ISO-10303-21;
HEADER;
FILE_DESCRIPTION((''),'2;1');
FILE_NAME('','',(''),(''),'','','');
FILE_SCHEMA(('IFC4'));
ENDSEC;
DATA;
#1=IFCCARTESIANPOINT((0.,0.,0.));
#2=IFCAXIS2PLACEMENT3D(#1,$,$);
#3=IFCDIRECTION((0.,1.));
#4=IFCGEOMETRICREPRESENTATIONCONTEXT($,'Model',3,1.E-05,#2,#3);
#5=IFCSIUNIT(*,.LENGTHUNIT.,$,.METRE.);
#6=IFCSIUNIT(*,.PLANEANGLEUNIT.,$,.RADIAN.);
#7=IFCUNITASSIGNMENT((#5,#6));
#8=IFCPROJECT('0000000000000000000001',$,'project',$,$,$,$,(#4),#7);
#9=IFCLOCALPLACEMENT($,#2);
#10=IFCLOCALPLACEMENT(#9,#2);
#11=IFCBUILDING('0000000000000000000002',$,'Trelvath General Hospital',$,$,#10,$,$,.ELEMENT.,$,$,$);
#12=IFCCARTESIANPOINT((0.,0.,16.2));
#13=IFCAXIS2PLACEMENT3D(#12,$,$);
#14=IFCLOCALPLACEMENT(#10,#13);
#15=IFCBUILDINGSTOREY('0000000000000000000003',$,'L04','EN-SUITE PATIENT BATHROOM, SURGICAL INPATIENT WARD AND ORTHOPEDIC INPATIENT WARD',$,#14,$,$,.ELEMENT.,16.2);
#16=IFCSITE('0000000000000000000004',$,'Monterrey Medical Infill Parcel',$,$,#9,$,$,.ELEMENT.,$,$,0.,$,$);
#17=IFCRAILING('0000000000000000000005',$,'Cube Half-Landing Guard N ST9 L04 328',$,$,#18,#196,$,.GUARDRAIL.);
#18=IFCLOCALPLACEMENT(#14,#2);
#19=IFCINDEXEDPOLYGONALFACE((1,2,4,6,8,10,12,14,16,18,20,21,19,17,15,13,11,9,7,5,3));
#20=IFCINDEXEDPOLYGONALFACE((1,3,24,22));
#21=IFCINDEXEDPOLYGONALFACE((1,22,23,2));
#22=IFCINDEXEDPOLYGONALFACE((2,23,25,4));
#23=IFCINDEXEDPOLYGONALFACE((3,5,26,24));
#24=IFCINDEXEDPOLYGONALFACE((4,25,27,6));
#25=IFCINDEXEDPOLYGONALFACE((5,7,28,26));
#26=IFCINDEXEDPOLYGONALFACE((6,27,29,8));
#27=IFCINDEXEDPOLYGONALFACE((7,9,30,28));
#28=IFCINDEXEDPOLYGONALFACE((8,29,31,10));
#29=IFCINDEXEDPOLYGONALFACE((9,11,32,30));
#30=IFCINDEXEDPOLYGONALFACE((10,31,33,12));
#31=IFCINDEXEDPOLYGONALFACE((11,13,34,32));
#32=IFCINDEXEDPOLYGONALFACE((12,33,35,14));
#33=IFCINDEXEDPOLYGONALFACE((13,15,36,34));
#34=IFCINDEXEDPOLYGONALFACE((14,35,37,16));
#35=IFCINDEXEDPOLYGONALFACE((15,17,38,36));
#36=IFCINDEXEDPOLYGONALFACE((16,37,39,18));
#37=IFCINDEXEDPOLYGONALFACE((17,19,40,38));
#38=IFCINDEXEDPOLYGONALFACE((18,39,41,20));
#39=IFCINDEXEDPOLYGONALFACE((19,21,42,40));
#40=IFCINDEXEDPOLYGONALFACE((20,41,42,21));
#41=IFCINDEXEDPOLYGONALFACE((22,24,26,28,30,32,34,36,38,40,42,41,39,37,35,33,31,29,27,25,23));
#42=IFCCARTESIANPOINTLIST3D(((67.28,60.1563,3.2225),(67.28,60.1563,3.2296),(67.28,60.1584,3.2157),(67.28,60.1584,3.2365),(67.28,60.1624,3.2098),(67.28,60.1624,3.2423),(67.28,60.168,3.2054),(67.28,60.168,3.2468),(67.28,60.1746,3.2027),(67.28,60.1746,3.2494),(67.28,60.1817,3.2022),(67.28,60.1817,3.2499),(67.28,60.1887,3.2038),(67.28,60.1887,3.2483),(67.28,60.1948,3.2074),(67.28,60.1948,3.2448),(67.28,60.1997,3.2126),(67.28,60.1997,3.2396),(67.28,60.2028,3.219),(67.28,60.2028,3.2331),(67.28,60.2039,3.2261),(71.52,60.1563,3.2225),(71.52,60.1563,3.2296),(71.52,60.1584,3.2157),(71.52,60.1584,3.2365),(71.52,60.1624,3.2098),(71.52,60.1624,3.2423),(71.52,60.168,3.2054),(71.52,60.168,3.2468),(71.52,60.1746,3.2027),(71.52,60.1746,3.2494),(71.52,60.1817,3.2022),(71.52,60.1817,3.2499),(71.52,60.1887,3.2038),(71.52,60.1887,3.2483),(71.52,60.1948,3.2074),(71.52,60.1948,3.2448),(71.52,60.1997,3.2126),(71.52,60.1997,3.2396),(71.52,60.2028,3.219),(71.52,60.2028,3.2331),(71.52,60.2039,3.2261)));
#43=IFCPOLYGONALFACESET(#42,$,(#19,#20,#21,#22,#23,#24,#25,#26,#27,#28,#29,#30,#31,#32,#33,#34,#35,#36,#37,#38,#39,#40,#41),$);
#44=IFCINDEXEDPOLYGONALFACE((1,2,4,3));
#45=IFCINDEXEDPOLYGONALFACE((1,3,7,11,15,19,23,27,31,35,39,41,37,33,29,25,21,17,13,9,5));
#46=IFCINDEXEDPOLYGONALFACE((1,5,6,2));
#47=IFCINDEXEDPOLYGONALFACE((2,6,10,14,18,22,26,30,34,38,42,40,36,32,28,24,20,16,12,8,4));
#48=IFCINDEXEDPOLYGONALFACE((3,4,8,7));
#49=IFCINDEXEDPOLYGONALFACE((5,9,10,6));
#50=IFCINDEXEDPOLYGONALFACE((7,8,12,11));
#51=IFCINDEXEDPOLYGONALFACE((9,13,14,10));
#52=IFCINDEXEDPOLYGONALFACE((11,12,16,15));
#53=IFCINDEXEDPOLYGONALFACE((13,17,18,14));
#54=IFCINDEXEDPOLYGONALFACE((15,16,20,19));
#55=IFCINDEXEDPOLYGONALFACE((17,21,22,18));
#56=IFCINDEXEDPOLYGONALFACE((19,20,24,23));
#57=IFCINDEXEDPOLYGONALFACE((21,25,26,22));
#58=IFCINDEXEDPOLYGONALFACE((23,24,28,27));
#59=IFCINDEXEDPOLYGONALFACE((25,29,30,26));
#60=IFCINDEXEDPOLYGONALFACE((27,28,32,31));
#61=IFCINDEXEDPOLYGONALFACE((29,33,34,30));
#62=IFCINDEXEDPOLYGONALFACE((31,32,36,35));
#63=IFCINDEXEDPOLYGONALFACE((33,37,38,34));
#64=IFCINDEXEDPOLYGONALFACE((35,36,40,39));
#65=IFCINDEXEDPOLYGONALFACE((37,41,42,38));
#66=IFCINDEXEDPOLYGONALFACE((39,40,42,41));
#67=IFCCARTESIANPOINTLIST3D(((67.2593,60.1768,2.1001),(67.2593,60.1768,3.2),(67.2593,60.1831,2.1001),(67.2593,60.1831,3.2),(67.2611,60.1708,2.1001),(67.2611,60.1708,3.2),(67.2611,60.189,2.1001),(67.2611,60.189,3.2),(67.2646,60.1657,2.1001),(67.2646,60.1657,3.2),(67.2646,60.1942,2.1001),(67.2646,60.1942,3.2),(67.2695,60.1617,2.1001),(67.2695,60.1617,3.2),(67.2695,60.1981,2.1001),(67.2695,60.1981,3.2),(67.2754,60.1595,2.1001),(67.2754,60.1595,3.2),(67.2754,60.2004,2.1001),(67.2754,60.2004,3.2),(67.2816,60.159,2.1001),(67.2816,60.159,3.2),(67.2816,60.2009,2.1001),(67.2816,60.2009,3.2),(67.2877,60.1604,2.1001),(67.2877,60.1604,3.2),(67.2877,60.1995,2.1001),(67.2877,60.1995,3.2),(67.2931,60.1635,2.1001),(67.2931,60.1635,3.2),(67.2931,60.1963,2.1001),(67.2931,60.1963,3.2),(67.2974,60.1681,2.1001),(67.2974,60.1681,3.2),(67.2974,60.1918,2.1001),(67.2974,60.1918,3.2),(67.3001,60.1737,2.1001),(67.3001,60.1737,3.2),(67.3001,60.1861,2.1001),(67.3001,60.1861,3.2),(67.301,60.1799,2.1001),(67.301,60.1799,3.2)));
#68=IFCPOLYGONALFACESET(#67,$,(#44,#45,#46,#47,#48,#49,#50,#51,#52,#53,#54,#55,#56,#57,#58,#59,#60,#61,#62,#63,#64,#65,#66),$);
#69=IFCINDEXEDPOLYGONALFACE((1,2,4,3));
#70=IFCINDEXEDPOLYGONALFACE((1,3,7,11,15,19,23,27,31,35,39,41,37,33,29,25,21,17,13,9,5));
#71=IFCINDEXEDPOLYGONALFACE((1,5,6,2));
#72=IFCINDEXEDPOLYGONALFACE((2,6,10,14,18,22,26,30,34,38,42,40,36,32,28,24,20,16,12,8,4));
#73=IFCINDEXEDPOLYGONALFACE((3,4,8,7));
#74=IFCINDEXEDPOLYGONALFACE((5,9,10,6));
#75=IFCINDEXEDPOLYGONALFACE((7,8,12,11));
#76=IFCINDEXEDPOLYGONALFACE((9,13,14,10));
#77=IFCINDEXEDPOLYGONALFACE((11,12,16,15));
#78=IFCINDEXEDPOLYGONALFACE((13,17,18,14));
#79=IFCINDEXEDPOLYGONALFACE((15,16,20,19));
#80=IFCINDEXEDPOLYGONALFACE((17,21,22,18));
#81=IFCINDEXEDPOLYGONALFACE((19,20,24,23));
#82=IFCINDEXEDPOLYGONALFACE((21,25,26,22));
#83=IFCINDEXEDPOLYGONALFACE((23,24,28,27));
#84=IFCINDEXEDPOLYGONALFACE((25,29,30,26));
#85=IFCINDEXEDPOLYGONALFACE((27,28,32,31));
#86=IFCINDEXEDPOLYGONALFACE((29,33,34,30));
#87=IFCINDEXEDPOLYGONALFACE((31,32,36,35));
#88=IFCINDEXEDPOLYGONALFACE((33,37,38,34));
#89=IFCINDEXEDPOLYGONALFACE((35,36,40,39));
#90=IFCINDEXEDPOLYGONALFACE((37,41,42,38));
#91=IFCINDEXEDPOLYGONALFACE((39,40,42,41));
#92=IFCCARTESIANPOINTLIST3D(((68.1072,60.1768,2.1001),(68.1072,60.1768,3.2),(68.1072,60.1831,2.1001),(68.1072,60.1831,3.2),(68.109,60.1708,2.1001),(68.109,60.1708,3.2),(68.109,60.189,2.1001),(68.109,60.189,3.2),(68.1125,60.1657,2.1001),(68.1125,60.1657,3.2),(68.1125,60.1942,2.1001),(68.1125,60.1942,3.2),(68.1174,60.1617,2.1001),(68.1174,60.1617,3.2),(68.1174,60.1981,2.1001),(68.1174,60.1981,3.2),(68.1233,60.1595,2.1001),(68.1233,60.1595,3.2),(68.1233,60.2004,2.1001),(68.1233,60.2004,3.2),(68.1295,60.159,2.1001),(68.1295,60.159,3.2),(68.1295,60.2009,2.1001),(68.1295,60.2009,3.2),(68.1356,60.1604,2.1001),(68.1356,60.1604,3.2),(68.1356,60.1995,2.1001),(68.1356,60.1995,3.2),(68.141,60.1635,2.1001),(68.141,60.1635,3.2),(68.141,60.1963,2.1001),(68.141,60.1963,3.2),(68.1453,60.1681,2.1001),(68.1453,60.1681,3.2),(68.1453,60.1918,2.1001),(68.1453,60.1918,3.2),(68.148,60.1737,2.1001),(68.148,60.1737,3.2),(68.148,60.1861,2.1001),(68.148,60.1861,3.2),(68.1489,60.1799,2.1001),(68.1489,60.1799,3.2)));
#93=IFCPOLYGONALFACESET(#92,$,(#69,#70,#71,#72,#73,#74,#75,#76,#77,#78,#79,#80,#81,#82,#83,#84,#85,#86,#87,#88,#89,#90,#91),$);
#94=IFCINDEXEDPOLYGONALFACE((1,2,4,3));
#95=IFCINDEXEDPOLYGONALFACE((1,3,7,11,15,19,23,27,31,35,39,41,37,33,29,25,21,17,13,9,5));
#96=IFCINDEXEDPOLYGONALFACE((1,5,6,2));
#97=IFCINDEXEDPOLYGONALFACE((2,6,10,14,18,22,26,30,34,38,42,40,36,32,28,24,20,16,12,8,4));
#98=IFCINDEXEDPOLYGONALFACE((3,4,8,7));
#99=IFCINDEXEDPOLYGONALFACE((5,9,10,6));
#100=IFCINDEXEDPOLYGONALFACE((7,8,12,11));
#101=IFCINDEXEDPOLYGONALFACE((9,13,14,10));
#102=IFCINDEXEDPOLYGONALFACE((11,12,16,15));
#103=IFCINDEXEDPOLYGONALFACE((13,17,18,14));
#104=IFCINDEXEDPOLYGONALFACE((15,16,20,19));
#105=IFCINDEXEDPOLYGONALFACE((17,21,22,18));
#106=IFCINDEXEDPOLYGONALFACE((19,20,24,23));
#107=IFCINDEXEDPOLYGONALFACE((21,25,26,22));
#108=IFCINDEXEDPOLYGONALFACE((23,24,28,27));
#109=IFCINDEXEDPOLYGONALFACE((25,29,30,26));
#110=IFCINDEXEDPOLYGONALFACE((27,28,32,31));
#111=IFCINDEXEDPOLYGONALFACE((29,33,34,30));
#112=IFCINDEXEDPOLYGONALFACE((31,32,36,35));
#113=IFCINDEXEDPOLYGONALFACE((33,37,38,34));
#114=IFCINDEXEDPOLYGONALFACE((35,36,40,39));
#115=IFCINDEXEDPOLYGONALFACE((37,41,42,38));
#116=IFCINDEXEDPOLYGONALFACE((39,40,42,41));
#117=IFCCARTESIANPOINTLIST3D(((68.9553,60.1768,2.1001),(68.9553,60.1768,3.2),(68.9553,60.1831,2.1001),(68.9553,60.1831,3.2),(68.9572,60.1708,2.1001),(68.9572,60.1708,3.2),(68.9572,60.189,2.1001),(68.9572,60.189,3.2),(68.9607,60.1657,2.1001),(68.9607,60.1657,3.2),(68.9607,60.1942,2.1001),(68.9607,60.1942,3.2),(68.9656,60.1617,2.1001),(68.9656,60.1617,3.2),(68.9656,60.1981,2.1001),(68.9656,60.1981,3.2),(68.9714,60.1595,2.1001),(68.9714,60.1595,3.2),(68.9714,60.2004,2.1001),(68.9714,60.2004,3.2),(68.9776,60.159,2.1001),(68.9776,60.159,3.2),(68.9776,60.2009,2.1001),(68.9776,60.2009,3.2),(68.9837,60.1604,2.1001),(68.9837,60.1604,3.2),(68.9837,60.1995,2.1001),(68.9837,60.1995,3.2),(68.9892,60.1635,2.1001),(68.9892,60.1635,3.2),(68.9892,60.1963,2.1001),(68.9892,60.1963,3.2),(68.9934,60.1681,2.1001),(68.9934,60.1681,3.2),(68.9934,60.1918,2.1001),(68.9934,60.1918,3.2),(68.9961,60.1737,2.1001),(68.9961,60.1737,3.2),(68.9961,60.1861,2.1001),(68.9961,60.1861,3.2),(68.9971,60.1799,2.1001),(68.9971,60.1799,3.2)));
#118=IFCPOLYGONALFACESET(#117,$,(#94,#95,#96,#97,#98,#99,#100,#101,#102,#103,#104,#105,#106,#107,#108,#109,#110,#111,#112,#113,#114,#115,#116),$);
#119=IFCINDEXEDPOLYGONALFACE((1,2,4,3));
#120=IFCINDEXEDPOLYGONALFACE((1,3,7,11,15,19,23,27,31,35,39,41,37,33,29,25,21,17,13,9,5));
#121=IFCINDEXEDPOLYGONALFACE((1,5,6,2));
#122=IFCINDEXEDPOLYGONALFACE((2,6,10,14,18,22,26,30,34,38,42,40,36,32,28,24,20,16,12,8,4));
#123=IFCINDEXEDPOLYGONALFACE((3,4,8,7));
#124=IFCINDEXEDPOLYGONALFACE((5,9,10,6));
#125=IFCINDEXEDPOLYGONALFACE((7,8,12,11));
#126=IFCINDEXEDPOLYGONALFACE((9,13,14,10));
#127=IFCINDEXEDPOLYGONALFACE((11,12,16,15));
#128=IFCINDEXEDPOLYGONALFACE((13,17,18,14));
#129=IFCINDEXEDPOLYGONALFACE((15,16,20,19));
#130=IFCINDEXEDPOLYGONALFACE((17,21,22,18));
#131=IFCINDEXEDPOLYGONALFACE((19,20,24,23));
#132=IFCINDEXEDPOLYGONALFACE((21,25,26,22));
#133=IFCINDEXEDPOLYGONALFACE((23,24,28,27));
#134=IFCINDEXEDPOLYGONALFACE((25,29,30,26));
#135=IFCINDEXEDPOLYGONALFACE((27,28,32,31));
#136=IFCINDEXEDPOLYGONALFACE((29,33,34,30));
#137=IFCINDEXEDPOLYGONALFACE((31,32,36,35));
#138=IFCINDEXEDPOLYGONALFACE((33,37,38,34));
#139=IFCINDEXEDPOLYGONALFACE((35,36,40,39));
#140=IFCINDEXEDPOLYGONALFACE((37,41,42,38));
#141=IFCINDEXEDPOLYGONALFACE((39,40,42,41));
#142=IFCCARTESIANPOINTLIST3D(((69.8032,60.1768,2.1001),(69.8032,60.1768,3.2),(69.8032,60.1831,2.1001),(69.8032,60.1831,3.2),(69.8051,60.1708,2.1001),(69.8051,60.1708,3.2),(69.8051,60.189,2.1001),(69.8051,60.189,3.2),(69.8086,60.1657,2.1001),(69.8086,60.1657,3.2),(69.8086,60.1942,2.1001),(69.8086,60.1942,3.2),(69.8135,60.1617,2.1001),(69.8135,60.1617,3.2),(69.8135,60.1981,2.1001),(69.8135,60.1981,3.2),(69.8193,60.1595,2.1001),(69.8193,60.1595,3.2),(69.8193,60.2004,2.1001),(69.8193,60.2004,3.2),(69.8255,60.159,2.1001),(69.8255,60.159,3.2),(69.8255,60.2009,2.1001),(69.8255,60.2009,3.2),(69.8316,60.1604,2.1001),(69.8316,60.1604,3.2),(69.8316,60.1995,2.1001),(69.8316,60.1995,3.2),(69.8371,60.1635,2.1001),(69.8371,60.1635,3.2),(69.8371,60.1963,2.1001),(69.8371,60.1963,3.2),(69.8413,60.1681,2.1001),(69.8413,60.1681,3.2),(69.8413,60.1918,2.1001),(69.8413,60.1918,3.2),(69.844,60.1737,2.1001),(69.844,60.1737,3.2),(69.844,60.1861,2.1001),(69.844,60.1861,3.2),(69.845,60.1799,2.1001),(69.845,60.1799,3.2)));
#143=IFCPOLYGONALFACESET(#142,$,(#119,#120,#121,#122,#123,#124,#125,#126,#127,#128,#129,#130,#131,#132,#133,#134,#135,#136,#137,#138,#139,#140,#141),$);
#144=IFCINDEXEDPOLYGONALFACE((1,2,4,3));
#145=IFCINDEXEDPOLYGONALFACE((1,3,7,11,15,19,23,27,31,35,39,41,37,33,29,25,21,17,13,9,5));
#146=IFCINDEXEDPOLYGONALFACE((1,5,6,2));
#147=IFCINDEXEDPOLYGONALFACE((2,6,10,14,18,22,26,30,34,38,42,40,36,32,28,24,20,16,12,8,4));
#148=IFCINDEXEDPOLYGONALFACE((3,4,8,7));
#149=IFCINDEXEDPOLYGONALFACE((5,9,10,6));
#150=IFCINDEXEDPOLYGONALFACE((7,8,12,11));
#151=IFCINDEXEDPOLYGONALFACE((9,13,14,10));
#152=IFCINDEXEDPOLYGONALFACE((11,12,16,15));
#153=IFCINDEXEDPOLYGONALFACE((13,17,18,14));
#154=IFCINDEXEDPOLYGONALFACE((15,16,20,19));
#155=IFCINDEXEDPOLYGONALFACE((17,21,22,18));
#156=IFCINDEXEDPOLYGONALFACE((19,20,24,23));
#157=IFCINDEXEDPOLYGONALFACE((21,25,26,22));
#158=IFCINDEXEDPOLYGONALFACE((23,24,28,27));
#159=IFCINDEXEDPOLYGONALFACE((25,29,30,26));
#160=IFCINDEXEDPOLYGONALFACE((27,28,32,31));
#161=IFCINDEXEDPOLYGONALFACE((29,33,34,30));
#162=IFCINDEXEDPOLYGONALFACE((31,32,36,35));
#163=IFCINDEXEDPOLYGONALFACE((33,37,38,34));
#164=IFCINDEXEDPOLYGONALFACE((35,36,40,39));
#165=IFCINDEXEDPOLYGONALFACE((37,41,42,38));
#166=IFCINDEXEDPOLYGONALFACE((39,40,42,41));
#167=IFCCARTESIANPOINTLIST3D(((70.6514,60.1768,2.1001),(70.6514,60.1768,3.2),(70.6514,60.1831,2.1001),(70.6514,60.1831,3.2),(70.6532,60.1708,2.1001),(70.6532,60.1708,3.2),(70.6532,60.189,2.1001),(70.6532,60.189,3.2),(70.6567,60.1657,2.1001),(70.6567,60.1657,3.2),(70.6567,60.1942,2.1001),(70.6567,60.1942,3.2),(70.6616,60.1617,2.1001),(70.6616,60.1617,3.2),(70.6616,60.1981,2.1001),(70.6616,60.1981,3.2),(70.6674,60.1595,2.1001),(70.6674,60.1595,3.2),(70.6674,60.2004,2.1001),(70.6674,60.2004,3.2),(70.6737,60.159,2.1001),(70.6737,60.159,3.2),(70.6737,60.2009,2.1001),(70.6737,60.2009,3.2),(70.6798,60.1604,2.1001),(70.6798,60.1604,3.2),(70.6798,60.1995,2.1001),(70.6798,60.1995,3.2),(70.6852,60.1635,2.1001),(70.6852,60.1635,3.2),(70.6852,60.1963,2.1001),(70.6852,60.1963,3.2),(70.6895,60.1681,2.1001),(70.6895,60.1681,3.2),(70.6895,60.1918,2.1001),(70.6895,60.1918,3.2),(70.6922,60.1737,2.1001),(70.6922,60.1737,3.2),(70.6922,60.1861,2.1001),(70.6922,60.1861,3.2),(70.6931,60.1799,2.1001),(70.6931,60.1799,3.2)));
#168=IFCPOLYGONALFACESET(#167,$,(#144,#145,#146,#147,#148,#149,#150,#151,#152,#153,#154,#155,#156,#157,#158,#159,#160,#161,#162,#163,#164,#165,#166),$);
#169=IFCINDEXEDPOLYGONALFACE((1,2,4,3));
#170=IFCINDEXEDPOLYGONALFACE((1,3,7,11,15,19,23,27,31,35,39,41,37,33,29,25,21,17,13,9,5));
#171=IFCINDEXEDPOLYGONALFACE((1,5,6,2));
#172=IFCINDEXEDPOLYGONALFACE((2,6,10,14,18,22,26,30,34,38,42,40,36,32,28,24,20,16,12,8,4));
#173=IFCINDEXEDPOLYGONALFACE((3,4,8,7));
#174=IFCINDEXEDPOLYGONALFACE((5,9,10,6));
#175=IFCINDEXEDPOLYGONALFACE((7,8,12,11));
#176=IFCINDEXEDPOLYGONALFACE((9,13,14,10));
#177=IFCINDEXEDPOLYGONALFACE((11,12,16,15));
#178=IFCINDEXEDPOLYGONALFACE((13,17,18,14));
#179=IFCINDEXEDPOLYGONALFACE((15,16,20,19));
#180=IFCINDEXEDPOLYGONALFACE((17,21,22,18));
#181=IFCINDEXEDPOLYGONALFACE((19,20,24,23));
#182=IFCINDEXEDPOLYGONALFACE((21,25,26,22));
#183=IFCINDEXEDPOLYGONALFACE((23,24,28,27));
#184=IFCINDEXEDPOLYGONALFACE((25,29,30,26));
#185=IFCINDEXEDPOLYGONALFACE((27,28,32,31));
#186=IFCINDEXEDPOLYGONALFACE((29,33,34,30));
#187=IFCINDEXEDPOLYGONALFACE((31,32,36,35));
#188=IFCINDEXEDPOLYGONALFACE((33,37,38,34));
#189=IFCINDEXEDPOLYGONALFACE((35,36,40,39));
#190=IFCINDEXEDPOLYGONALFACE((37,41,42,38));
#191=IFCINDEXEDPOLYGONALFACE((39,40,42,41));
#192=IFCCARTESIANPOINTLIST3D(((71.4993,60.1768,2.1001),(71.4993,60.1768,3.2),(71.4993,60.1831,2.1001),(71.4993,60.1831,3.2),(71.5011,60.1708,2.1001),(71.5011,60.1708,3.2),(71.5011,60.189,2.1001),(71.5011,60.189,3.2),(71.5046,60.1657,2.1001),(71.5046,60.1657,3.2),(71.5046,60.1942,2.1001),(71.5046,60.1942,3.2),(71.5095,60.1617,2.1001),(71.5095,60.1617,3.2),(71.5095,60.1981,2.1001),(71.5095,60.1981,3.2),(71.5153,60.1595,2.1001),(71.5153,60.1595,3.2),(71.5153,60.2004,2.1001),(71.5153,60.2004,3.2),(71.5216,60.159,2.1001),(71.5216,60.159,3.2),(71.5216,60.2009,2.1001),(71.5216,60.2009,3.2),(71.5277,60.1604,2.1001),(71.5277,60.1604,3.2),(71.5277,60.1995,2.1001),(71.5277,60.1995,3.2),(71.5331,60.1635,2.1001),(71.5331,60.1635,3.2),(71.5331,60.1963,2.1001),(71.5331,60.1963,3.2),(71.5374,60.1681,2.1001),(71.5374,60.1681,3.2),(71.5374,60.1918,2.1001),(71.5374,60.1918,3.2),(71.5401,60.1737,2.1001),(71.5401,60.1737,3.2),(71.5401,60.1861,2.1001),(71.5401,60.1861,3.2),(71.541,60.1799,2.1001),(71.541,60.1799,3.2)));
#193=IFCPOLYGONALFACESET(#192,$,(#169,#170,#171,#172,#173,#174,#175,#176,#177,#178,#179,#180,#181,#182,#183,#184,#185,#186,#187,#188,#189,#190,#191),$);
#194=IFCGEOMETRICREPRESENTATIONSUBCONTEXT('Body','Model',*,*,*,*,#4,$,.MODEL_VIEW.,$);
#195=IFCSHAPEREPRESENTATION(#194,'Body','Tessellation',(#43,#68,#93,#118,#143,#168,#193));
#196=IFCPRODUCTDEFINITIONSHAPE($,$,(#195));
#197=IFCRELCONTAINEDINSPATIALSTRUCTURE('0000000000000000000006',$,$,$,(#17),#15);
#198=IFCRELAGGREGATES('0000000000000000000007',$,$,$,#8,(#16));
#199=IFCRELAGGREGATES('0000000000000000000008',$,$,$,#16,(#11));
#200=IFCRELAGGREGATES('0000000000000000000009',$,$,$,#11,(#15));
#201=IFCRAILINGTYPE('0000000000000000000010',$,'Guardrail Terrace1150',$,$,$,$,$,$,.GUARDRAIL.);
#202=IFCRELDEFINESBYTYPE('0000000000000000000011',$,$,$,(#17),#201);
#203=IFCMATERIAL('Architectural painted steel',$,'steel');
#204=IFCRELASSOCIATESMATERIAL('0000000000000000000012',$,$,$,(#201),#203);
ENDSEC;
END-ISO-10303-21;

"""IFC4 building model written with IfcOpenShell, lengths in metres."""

from ifc_helpers import new_model, si_unit, direction, frame, origin, origin_2d, place, context, subcontext, project, spatial, circle, extrude, material, type_object, element, save


model = new_model("IFC4")

# Units and contexts
model_context = context("Model", 3, precision=1e-05, world=origin(), true_north=direction((0.0, 1.0)))
body_context = subcontext(model_context, "Body", "Model", "MODEL_VIEW")
ifc_project = project(units=[si_unit("LENGTHUNIT", "METRE"), si_unit("PLANEANGLEUNIT", "RADIAN")], contexts=[model_context])

# Site, building, storey
site_placement = place(None, origin())
site = spatial("IfcSite", under=ifc_project, at=site_placement, Name="Monterrey Medical Infill Parcel", CompositionType="ELEMENT", RefElevation=0.0)
building_placement = place(site_placement, origin())
building = spatial("IfcBuilding", under=site, at=building_placement, Name="Trelvath General Hospital", CompositionType="ELEMENT")
storey_placement = place(building_placement, frame((0.0, 0.0, 16.2)))
storey = spatial("IfcBuildingStorey", under=building, at=storey_placement, Name="L04", Description="EN-SUITE PATIENT BATHROOM, SURGICAL INPATIENT WARD AND ORTHOPEDIC INPATIENT WARD", CompositionType="ELEMENT", Elevation=16.2)

# Railing
ifc_material_1 = material(Name="Architectural painted steel", Category="steel")
railing_type = type_object("IfcRailingType", Name="Guardrail Terrace1150", PredefinedType="GUARDRAIL", material=ifc_material_1)
railing_1_placement = place(storey_placement, frame((67.28, 60.1799, 2.1001)))
element("IfcRailing", 1, at=railing_1_placement, inside=storey, type_object=railing_type, Name="Cube Half-Landing Guard N ST9 L04 328", PredefinedType="GUARDRAIL", context=body_context, shape_type="SweptSolid", body=[
    extrude(circle(Radius=0.0239, at=origin_2d()), frame((0.0, 0.0, 1.126), z_axis=(1.0, 0.0, 0.0), x_axis=(0.0, 1.0, 0.0)), (0.0, 0.0, 1.0), 4.24),
    extrude(circle(Radius=0.021, at=origin_2d()), origin(), (0.0, 0.0, 1.0), 1.0999),
    extrude(circle(Radius=0.021, at=origin_2d()), frame((0.8479, 0.0, 0.0)), (0.0, 0.0, 1.0), 1.0999),
    extrude(circle(Radius=0.021, at=origin_2d()), frame((1.696, 0.0, 0.0)), (0.0, 0.0, 1.0), 1.0999),
    extrude(circle(Radius=0.021, at=origin_2d()), frame((2.5439, 0.0, 0.0)), (0.0, 0.0, 1.0), 1.0999),
    extrude(circle(Radius=0.021, at=origin_2d()), frame((3.3921, 0.0, 0.0)), (0.0, 0.0, 1.0), 1.0999),
    extrude(circle(Radius=0.021, at=origin_2d()), frame((4.24, 0.0, 0.0)), (0.0, 0.0, 1.0), 1.0999),
])

save(model, "model.ifc")
